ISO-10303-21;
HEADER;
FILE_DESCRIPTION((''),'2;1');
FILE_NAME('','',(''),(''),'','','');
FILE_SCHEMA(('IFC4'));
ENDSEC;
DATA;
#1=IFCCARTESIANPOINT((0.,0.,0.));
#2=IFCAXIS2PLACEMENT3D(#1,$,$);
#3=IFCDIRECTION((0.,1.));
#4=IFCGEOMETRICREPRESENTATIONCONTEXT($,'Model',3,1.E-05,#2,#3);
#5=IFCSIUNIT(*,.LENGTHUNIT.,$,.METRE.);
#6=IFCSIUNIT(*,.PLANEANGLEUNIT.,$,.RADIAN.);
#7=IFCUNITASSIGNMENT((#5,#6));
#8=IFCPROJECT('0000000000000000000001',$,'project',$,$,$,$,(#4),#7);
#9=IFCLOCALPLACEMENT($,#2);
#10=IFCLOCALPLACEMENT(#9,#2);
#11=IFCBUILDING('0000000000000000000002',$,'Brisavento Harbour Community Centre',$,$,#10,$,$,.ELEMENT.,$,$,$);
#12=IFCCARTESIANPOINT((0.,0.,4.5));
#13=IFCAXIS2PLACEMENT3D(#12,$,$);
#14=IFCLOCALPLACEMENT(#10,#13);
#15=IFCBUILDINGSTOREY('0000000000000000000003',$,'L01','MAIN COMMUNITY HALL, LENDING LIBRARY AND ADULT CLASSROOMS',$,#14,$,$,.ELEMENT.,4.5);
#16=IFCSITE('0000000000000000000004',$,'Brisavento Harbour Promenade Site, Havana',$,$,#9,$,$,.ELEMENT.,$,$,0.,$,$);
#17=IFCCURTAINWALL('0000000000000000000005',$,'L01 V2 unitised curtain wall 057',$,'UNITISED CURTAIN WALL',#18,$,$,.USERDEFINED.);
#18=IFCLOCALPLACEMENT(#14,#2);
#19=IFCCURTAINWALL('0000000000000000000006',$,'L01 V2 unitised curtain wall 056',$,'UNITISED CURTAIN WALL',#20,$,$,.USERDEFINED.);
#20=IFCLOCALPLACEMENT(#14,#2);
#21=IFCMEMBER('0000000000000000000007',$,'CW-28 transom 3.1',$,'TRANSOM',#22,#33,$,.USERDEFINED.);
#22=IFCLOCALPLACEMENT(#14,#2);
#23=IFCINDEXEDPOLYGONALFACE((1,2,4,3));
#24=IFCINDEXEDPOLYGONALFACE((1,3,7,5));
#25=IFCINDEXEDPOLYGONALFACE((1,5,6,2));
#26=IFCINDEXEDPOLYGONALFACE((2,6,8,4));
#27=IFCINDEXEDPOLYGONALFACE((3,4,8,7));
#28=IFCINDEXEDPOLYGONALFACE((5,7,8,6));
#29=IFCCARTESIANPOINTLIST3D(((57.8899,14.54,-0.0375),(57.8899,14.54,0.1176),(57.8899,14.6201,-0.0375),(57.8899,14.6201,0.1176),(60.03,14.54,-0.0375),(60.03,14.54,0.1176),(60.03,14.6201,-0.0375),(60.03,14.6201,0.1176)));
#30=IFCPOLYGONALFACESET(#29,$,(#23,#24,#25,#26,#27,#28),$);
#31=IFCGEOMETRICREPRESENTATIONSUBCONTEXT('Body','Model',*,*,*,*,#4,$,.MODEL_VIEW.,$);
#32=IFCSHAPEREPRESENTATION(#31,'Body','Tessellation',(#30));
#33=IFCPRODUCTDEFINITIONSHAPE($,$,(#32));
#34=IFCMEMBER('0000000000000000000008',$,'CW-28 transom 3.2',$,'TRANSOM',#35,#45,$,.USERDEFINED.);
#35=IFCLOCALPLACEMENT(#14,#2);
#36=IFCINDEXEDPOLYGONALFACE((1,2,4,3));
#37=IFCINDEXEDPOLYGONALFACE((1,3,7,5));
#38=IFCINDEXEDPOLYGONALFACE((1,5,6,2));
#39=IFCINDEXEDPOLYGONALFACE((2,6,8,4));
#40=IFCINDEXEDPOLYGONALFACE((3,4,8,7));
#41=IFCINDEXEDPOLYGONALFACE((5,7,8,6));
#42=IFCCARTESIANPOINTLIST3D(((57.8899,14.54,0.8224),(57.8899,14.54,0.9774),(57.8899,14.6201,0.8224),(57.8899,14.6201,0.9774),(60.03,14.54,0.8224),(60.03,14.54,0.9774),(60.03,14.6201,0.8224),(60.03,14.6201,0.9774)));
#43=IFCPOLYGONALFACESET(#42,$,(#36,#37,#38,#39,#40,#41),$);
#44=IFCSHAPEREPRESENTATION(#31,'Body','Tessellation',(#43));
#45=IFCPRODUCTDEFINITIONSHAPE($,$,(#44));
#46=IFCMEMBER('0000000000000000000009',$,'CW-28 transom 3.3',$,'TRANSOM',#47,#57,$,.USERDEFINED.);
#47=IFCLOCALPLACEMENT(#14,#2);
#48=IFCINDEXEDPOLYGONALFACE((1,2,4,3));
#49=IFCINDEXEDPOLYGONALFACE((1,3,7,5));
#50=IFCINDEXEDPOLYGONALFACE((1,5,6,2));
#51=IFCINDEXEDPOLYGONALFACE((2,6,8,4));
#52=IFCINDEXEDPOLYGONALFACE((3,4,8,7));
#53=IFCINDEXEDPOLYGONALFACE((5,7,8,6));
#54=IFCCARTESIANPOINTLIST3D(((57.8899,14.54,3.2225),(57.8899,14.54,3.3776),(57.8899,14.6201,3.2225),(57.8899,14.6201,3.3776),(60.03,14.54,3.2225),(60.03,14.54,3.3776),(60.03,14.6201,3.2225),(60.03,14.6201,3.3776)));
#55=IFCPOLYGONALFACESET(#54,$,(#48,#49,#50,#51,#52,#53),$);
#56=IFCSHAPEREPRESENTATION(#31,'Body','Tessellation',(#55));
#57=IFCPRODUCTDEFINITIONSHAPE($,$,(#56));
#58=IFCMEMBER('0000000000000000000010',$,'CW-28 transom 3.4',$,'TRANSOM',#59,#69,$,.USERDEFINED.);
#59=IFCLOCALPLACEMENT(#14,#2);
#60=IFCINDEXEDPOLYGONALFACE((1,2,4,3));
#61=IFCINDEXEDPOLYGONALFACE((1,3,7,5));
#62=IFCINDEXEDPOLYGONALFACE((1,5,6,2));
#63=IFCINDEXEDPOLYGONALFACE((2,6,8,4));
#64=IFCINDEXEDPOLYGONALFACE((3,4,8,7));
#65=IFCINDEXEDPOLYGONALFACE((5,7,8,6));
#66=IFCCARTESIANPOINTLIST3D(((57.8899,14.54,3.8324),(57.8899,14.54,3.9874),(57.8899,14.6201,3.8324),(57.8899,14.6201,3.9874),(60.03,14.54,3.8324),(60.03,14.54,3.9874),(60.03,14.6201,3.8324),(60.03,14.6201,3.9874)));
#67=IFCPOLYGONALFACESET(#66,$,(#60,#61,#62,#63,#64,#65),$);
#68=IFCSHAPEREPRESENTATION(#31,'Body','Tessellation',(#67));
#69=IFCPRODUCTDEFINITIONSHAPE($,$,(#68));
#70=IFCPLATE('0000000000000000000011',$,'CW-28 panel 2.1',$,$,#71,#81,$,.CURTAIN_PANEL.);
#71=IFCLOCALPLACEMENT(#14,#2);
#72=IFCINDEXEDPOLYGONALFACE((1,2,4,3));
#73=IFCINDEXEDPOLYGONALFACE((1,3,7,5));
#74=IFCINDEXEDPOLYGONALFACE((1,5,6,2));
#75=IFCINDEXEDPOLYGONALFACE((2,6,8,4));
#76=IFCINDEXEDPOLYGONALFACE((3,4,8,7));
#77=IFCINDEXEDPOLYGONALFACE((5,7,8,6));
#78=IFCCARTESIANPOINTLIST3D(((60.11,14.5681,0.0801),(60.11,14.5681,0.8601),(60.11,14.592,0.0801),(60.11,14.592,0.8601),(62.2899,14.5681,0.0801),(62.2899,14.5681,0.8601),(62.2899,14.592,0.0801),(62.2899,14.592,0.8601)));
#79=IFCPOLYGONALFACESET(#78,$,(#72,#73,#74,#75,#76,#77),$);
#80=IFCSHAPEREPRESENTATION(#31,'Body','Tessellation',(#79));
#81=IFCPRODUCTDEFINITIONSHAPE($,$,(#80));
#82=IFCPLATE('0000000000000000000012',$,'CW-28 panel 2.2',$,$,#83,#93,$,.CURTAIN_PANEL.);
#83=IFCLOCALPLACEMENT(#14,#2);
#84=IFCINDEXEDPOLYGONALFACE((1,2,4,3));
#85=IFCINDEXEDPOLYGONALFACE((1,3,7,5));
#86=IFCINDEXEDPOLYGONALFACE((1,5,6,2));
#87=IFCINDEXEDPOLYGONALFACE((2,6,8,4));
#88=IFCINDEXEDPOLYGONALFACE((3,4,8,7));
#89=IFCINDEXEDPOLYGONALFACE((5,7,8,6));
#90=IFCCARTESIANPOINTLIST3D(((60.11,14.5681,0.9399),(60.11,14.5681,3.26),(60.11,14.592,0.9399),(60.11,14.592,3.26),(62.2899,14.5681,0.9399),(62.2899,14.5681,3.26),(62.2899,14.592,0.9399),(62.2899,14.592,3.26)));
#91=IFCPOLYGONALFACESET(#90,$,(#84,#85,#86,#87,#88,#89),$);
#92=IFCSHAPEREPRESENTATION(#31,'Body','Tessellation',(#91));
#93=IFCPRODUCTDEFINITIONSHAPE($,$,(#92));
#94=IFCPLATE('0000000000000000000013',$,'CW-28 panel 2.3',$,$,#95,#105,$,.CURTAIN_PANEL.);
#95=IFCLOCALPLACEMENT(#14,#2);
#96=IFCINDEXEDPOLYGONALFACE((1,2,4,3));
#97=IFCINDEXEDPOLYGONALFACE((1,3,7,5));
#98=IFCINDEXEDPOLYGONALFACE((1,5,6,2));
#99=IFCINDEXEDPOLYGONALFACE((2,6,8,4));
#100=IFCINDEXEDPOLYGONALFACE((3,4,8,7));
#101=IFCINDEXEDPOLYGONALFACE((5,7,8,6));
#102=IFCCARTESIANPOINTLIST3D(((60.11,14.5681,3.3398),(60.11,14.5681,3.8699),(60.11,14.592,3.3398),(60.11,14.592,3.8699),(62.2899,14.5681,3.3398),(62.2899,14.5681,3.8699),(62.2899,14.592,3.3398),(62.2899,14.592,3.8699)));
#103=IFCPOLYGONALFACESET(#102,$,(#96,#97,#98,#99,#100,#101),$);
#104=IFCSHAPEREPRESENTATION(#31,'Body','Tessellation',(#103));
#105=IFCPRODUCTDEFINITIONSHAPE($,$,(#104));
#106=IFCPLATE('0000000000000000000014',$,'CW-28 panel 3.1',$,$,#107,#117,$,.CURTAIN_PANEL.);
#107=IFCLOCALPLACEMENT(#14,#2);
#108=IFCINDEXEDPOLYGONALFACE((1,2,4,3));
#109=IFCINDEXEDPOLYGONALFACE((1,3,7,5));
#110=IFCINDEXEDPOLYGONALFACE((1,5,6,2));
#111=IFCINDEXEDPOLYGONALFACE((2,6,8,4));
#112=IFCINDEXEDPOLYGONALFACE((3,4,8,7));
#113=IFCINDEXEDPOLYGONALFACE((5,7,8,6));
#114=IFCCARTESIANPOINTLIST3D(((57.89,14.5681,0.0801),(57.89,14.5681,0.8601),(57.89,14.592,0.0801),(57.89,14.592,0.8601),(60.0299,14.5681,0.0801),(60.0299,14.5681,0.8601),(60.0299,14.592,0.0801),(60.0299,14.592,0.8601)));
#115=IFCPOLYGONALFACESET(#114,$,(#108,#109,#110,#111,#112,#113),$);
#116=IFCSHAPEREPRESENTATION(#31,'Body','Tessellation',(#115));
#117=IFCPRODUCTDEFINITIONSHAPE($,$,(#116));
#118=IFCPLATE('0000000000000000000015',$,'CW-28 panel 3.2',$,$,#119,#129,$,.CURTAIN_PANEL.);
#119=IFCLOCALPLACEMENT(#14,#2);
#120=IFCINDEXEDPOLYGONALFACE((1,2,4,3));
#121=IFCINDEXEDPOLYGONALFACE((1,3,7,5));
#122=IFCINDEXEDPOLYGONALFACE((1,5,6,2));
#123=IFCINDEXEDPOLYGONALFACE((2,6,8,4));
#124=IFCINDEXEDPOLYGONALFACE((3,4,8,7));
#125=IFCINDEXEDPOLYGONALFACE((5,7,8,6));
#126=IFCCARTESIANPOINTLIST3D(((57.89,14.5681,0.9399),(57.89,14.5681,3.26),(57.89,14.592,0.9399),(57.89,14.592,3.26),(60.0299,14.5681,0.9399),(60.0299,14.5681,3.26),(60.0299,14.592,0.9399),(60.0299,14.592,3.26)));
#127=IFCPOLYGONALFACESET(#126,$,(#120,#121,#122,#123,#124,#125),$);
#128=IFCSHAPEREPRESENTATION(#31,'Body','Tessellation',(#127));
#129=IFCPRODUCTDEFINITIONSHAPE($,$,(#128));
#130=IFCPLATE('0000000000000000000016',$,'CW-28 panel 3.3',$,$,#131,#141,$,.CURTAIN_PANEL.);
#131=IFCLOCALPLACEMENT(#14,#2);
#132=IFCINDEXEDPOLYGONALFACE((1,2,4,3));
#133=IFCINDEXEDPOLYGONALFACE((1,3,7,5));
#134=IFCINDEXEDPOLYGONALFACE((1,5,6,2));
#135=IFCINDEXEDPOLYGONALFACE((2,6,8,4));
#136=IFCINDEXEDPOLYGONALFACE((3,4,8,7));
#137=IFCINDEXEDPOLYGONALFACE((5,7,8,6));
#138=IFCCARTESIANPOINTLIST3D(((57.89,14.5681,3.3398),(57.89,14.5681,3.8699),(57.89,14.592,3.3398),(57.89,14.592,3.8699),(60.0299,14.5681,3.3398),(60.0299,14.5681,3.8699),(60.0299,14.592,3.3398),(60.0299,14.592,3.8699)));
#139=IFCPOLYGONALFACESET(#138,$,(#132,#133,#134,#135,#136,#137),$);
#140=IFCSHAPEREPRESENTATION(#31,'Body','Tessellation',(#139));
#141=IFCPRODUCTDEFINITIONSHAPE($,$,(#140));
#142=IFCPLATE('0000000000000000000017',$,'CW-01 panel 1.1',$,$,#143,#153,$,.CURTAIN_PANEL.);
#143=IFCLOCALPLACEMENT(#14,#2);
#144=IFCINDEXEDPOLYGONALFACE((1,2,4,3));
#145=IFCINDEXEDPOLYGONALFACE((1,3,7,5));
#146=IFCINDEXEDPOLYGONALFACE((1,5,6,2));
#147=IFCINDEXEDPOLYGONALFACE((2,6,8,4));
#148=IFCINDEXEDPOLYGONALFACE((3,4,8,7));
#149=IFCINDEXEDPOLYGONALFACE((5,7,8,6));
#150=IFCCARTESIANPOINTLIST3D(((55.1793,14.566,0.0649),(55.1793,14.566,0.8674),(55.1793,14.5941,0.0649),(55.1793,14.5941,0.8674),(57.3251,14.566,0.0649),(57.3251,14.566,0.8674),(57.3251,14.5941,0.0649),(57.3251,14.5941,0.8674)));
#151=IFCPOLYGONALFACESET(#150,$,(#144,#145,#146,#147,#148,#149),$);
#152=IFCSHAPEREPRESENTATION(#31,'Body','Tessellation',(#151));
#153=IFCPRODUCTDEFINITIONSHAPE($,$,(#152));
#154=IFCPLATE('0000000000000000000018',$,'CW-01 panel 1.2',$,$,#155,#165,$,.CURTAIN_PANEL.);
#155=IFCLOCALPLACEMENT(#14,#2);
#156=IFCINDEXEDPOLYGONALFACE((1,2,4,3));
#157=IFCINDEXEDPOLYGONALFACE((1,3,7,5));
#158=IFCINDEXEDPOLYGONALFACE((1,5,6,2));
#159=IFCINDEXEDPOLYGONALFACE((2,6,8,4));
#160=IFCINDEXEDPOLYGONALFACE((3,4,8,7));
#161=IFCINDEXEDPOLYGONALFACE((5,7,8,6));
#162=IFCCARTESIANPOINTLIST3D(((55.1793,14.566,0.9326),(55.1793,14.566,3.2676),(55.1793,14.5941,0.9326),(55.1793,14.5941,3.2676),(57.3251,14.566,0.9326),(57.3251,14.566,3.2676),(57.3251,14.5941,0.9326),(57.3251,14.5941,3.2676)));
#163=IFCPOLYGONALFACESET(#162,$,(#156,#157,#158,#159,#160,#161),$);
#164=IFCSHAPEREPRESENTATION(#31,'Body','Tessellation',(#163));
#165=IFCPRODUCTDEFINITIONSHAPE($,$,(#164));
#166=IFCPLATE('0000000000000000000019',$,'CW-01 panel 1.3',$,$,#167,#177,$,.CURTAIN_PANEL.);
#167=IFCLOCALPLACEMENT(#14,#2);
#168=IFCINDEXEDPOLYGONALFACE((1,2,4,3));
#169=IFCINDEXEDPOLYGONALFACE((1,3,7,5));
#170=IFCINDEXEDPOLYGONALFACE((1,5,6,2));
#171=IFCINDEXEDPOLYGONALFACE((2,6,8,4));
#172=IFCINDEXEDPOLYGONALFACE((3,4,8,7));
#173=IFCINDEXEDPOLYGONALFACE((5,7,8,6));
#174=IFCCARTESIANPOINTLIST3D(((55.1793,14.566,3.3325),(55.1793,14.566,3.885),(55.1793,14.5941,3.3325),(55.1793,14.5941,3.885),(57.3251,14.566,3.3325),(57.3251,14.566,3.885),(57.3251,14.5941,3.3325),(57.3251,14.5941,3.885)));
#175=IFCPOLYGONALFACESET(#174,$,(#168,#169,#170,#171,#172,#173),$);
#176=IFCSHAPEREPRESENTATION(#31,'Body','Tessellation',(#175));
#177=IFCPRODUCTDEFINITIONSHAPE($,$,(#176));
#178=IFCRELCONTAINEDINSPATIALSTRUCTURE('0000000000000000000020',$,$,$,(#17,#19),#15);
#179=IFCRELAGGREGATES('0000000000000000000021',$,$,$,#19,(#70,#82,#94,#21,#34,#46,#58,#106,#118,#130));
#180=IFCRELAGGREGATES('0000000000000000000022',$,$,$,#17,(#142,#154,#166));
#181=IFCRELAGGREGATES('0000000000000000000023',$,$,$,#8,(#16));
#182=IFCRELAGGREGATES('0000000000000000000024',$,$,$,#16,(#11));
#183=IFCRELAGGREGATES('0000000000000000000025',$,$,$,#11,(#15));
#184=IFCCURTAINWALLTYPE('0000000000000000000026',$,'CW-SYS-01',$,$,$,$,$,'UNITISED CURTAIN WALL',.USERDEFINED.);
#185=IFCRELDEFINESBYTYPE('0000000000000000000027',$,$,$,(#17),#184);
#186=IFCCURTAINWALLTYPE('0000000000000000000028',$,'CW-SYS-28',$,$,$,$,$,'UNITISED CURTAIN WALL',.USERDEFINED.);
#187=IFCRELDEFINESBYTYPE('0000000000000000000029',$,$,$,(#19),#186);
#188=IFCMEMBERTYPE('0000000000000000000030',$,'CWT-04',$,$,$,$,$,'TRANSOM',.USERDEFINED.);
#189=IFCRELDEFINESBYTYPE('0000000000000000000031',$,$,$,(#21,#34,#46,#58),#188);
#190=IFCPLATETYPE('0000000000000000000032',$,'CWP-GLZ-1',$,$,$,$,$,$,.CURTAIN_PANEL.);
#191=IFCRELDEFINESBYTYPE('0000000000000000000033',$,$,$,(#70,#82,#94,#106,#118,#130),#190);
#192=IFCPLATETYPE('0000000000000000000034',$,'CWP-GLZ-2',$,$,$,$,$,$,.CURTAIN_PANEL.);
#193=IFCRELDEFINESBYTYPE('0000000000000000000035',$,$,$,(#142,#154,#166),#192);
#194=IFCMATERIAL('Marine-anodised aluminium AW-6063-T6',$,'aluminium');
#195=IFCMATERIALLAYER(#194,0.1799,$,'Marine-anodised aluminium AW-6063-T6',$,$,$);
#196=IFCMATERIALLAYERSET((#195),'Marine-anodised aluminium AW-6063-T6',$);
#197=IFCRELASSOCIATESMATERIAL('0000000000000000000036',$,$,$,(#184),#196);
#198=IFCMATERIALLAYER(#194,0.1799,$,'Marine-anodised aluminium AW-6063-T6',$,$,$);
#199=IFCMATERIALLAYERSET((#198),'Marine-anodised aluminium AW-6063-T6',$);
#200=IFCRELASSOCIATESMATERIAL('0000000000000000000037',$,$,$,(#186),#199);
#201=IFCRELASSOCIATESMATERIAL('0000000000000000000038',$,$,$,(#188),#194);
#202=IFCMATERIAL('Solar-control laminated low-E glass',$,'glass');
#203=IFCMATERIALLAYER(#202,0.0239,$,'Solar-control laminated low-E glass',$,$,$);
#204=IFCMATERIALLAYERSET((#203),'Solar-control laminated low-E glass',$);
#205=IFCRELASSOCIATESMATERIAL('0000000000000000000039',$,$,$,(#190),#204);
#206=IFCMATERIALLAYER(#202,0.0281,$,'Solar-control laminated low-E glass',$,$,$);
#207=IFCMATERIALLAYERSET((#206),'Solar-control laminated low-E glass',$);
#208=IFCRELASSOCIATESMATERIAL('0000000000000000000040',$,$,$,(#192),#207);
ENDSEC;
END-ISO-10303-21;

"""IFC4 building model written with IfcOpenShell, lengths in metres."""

from ifc_helpers import new_model, si_unit, direction, frame, origin, origin_2d, place, context, subcontext, project, spatial, rectangle, extrude, material, layer, layer_set, material_profile, profile_set, type_object, element, aggregate, save


model = new_model("IFC4")

# Units and contexts
model_context = context("Model", 3, precision=1e-05, world=origin(), true_north=direction((0.0, 1.0)))
body_context = subcontext(model_context, "Body", "Model", "MODEL_VIEW")
ifc_project = project(units=[si_unit("LENGTHUNIT", "METRE"), si_unit("PLANEANGLEUNIT", "RADIAN")], contexts=[model_context])

# Site, building, storey
site_placement = place(None, origin())
site = spatial("IfcSite", under=ifc_project, at=site_placement, Name="Brisavento Harbour Promenade Site, Havana", CompositionType="ELEMENT", RefElevation=0.0)
building_placement = place(site_placement, origin())
building = spatial("IfcBuilding", under=site, at=building_placement, Name="Brisavento Harbour Community Centre", CompositionType="ELEMENT")
storey_placement = place(building_placement, frame((0.0, 0.0, 4.5)))
storey = spatial("IfcBuildingStorey", under=building, at=storey_placement, Name="L01", Description="MAIN COMMUNITY HALL, LENDING LIBRARY AND ADULT CLASSROOMS", CompositionType="ELEMENT", Elevation=4.5)

# Curtain walls
ifc_material_1 = material(Name="Marine-anodised aluminium AW-6063-T6", Category="aluminium")
ifc_layer_1 = layer(ifc_material_1, 0.1799, Name="Marine-anodised aluminium AW-6063-T6")
ifc_layer_set_1 = layer_set([ifc_layer_1], Name="Marine-anodised aluminium AW-6063-T6")
curtain_wall_type_1 = type_object("IfcCurtainWallType", Name="CW-SYS-01", ElementType="UNITISED CURTAIN WALL", PredefinedType="USERDEFINED", material=ifc_layer_set_1)
curtain_wall_1_placement = place(storey_placement, origin())
curtain_wall_1 = element("IfcCurtainWall", 1, at=curtain_wall_1_placement, inside=storey, type_object=curtain_wall_type_1, Name="L01 V2 unitised curtain wall 057", ObjectType="UNITISED CURTAIN WALL", PredefinedType="USERDEFINED")
ifc_layer_2 = layer(ifc_material_1, 0.1799, Name="Marine-anodised aluminium AW-6063-T6")
ifc_layer_set_2 = layer_set([ifc_layer_2], Name="Marine-anodised aluminium AW-6063-T6")
curtain_wall_type_2 = type_object("IfcCurtainWallType", Name="CW-SYS-28", ElementType="UNITISED CURTAIN WALL", PredefinedType="USERDEFINED", material=ifc_layer_set_2)
curtain_wall_2_placement = place(storey_placement, origin())
curtain_wall_2 = element("IfcCurtainWall", 2, at=curtain_wall_2_placement, inside=storey, type_object=curtain_wall_type_2, Name="L01 V2 unitised curtain wall 056", ObjectType="UNITISED CURTAIN WALL", PredefinedType="USERDEFINED")

# Members
ifc_material_profile_1 = material_profile(ifc_material_1, rectangle(XDim=0.0801, YDim=0.155, at=origin_2d()), Name="Marine-anodised aluminium AW-6063-T6")
ifc_profile_set_1 = profile_set([ifc_material_profile_1], Name="Marine-anodised aluminium AW-6063-T6")
member_type_1 = type_object("IfcMemberType", Name="CWT-04", ElementType="TRANSOM", PredefinedType="USERDEFINED", material=ifc_profile_set_1)
member_1_placement = place(storey_placement, frame((60.03, 14.5801, 0.04), z_axis=(-1.0, 0.0, 0.0), x_axis=(0.0, -1.0, 0.0)))
member_1 = element("IfcMember", 3, at=member_1_placement, type_object=member_type_1, Name="CW-28 transom 3.1", ObjectType="TRANSOM", PredefinedType="USERDEFINED", context=body_context, shape_type="SweptSolid", body=[
    extrude(rectangle(XDim=0.0801, YDim=0.155, at=origin_2d()), origin(), (0.0, 0.0, 1.0), 2.1401),
])
member_2_placement = place(storey_placement, frame((60.03, 14.5801, 0.8999), z_axis=(-1.0, 0.0, 0.0), x_axis=(0.0, -1.0, 0.0)))
member_2 = element("IfcMember", 4, at=member_2_placement, type_object=member_type_1, Name="CW-28 transom 3.2", ObjectType="TRANSOM", PredefinedType="USERDEFINED", context=body_context, shape_type="SweptSolid", body=[
    extrude(rectangle(XDim=0.0801, YDim=0.155, at=origin_2d()), origin(), (0.0, 0.0, 1.0), 2.1401),
])
member_3_placement = place(storey_placement, frame((60.03, 14.5801, 3.3), z_axis=(-1.0, 0.0, 0.0), x_axis=(0.0, -1.0, 0.0)))
member_3 = element("IfcMember", 5, at=member_3_placement, type_object=member_type_1, Name="CW-28 transom 3.3", ObjectType="TRANSOM", PredefinedType="USERDEFINED", context=body_context, shape_type="SweptSolid", body=[
    extrude(rectangle(XDim=0.0801, YDim=0.155, at=origin_2d()), origin(), (0.0, 0.0, 1.0), 2.1401),
])
member_4_placement = place(storey_placement, frame((60.03, 14.5801, 3.9099), z_axis=(-1.0, 0.0, 0.0), x_axis=(0.0, -1.0, 0.0)))
member_4 = element("IfcMember", 6, at=member_4_placement, type_object=member_type_1, Name="CW-28 transom 3.4", ObjectType="TRANSOM", PredefinedType="USERDEFINED", context=body_context, shape_type="SweptSolid", body=[
    extrude(rectangle(XDim=0.0801, YDim=0.155, at=origin_2d()), origin(), (0.0, 0.0, 1.0), 2.1401),
])

# Plates
ifc_material_2 = material(Name="Solar-control laminated low-E glass", Category="glass")
ifc_layer_3 = layer(ifc_material_2, 0.0239, Name="Solar-control laminated low-E glass")
ifc_layer_set_3 = layer_set([ifc_layer_3], Name="Solar-control laminated low-E glass")
plate_type_1 = type_object("IfcPlateType", Name="CWP-GLZ-1", PredefinedType="CURTAIN_PANEL", material=ifc_layer_set_3)
plate_1_placement = place(storey_placement, frame((61.2, 14.5801, 0.0801), z_axis=(0.0, 0.0, 1.0), x_axis=(-1.0, 0.0, 0.0)))
plate_1 = element("IfcPlate", 7, at=plate_1_placement, type_object=plate_type_1, Name="CW-28 panel 2.1", PredefinedType="CURTAIN_PANEL", context=body_context, shape_type="SweptSolid", body=[
    extrude(rectangle(XDim=2.1799, YDim=0.0239, at=origin_2d()), origin(), (0.0, 0.0, 1.0), 0.78),
])
plate_2_placement = place(storey_placement, frame((61.2, 14.5801, 0.9399), z_axis=(0.0, 0.0, 1.0), x_axis=(-1.0, 0.0, 0.0)))
plate_2 = element("IfcPlate", 8, at=plate_2_placement, type_object=plate_type_1, Name="CW-28 panel 2.2", PredefinedType="CURTAIN_PANEL", context=body_context, shape_type="SweptSolid", body=[
    extrude(rectangle(XDim=2.1799, YDim=0.0239, at=origin_2d()), origin(), (0.0, 0.0, 1.0), 2.3201),
])
plate_3_placement = place(storey_placement, frame((61.2, 14.5801, 3.3398), z_axis=(0.0, 0.0, 1.0), x_axis=(-1.0, 0.0, 0.0)))
plate_3 = element("IfcPlate", 9, at=plate_3_placement, type_object=plate_type_1, Name="CW-28 panel 2.3", PredefinedType="CURTAIN_PANEL", context=body_context, shape_type="SweptSolid", body=[
    extrude(rectangle(XDim=2.1799, YDim=0.0239, at=origin_2d()), origin(), (0.0, 0.0, 1.0), 0.53),
])
plate_4_placement = place(storey_placement, frame((58.96, 14.5801, 0.0801), z_axis=(0.0, 0.0, 1.0), x_axis=(-1.0, 0.0, 0.0)))
plate_4 = element("IfcPlate", 10, at=plate_4_placement, type_object=plate_type_1, Name="CW-28 panel 3.1", PredefinedType="CURTAIN_PANEL", context=body_context, shape_type="SweptSolid", body=[
    extrude(rectangle(XDim=2.1399, YDim=0.0239, at=origin_2d()), origin(), (0.0, 0.0, 1.0), 0.78),
])
plate_5_placement = place(storey_placement, frame((58.96, 14.5801, 0.9399), z_axis=(0.0, 0.0, 1.0), x_axis=(-1.0, 0.0, 0.0)))
plate_5 = element("IfcPlate", 11, at=plate_5_placement, type_object=plate_type_1, Name="CW-28 panel 3.2", PredefinedType="CURTAIN_PANEL", context=body_context, shape_type="SweptSolid", body=[
    extrude(rectangle(XDim=2.1399, YDim=0.0239, at=origin_2d()), origin(), (0.0, 0.0, 1.0), 2.3201),
])
plate_6_placement = place(storey_placement, frame((58.96, 14.5801, 3.3398), z_axis=(0.0, 0.0, 1.0), x_axis=(-1.0, 0.0, 0.0)))
plate_6 = element("IfcPlate", 12, at=plate_6_placement, type_object=plate_type_1, Name="CW-28 panel 3.3", PredefinedType="CURTAIN_PANEL", context=body_context, shape_type="SweptSolid", body=[
    extrude(rectangle(XDim=2.1399, YDim=0.0239, at=origin_2d()), origin(), (0.0, 0.0, 1.0), 0.53),
])
aggregate(curtain_wall_2, [plate_1, plate_2, plate_3, member_1, member_2, member_3, member_4, plate_4, plate_5, plate_6])
ifc_layer_4 = layer(ifc_material_2, 0.0281, Name="Solar-control laminated low-E glass")
ifc_layer_set_4 = layer_set([ifc_layer_4], Name="Solar-control laminated low-E glass")
plate_type_2 = type_object("IfcPlateType", Name="CWP-GLZ-2", PredefinedType="CURTAIN_PANEL", material=ifc_layer_set_4)
plate_7_placement = place(storey_placement, frame((56.2522, 14.5801, 0.0649), z_axis=(0.0, 0.0, 1.0), x_axis=(-1.0, 0.0, 0.0)))
plate_7 = element("IfcPlate", 13, at=plate_7_placement, type_object=plate_type_2, Name="CW-01 panel 1.1", PredefinedType="CURTAIN_PANEL", context=body_context, shape_type="SweptSolid", body=[
    extrude(rectangle(XDim=2.1458, YDim=0.0281, at=origin_2d()), origin(), (0.0, 0.0, 1.0), 0.8025),
])
plate_8_placement = place(storey_placement, frame((56.2522, 14.5801, 0.9326), z_axis=(0.0, 0.0, 1.0), x_axis=(-1.0, 0.0, 0.0)))
plate_8 = element("IfcPlate", 14, at=plate_8_placement, type_object=plate_type_2, Name="CW-01 panel 1.2", PredefinedType="CURTAIN_PANEL", context=body_context, shape_type="SweptSolid", body=[
    extrude(rectangle(XDim=2.1458, YDim=0.0281, at=origin_2d()), origin(), (0.0, 0.0, 1.0), 2.335),
])
plate_9_placement = place(storey_placement, frame((56.2522, 14.5801, 3.3325), z_axis=(0.0, 0.0, 1.0), x_axis=(-1.0, 0.0, 0.0)))
plate_9 = element("IfcPlate", 15, at=plate_9_placement, type_object=plate_type_2, Name="CW-01 panel 1.3", PredefinedType="CURTAIN_PANEL", context=body_context, shape_type="SweptSolid", body=[
    extrude(rectangle(XDim=2.1458, YDim=0.0281, at=origin_2d()), origin(), (0.0, 0.0, 1.0), 0.5525),
])
aggregate(curtain_wall_1, [plate_7, plate_8, plate_9])

save(model, "model.ifc")
